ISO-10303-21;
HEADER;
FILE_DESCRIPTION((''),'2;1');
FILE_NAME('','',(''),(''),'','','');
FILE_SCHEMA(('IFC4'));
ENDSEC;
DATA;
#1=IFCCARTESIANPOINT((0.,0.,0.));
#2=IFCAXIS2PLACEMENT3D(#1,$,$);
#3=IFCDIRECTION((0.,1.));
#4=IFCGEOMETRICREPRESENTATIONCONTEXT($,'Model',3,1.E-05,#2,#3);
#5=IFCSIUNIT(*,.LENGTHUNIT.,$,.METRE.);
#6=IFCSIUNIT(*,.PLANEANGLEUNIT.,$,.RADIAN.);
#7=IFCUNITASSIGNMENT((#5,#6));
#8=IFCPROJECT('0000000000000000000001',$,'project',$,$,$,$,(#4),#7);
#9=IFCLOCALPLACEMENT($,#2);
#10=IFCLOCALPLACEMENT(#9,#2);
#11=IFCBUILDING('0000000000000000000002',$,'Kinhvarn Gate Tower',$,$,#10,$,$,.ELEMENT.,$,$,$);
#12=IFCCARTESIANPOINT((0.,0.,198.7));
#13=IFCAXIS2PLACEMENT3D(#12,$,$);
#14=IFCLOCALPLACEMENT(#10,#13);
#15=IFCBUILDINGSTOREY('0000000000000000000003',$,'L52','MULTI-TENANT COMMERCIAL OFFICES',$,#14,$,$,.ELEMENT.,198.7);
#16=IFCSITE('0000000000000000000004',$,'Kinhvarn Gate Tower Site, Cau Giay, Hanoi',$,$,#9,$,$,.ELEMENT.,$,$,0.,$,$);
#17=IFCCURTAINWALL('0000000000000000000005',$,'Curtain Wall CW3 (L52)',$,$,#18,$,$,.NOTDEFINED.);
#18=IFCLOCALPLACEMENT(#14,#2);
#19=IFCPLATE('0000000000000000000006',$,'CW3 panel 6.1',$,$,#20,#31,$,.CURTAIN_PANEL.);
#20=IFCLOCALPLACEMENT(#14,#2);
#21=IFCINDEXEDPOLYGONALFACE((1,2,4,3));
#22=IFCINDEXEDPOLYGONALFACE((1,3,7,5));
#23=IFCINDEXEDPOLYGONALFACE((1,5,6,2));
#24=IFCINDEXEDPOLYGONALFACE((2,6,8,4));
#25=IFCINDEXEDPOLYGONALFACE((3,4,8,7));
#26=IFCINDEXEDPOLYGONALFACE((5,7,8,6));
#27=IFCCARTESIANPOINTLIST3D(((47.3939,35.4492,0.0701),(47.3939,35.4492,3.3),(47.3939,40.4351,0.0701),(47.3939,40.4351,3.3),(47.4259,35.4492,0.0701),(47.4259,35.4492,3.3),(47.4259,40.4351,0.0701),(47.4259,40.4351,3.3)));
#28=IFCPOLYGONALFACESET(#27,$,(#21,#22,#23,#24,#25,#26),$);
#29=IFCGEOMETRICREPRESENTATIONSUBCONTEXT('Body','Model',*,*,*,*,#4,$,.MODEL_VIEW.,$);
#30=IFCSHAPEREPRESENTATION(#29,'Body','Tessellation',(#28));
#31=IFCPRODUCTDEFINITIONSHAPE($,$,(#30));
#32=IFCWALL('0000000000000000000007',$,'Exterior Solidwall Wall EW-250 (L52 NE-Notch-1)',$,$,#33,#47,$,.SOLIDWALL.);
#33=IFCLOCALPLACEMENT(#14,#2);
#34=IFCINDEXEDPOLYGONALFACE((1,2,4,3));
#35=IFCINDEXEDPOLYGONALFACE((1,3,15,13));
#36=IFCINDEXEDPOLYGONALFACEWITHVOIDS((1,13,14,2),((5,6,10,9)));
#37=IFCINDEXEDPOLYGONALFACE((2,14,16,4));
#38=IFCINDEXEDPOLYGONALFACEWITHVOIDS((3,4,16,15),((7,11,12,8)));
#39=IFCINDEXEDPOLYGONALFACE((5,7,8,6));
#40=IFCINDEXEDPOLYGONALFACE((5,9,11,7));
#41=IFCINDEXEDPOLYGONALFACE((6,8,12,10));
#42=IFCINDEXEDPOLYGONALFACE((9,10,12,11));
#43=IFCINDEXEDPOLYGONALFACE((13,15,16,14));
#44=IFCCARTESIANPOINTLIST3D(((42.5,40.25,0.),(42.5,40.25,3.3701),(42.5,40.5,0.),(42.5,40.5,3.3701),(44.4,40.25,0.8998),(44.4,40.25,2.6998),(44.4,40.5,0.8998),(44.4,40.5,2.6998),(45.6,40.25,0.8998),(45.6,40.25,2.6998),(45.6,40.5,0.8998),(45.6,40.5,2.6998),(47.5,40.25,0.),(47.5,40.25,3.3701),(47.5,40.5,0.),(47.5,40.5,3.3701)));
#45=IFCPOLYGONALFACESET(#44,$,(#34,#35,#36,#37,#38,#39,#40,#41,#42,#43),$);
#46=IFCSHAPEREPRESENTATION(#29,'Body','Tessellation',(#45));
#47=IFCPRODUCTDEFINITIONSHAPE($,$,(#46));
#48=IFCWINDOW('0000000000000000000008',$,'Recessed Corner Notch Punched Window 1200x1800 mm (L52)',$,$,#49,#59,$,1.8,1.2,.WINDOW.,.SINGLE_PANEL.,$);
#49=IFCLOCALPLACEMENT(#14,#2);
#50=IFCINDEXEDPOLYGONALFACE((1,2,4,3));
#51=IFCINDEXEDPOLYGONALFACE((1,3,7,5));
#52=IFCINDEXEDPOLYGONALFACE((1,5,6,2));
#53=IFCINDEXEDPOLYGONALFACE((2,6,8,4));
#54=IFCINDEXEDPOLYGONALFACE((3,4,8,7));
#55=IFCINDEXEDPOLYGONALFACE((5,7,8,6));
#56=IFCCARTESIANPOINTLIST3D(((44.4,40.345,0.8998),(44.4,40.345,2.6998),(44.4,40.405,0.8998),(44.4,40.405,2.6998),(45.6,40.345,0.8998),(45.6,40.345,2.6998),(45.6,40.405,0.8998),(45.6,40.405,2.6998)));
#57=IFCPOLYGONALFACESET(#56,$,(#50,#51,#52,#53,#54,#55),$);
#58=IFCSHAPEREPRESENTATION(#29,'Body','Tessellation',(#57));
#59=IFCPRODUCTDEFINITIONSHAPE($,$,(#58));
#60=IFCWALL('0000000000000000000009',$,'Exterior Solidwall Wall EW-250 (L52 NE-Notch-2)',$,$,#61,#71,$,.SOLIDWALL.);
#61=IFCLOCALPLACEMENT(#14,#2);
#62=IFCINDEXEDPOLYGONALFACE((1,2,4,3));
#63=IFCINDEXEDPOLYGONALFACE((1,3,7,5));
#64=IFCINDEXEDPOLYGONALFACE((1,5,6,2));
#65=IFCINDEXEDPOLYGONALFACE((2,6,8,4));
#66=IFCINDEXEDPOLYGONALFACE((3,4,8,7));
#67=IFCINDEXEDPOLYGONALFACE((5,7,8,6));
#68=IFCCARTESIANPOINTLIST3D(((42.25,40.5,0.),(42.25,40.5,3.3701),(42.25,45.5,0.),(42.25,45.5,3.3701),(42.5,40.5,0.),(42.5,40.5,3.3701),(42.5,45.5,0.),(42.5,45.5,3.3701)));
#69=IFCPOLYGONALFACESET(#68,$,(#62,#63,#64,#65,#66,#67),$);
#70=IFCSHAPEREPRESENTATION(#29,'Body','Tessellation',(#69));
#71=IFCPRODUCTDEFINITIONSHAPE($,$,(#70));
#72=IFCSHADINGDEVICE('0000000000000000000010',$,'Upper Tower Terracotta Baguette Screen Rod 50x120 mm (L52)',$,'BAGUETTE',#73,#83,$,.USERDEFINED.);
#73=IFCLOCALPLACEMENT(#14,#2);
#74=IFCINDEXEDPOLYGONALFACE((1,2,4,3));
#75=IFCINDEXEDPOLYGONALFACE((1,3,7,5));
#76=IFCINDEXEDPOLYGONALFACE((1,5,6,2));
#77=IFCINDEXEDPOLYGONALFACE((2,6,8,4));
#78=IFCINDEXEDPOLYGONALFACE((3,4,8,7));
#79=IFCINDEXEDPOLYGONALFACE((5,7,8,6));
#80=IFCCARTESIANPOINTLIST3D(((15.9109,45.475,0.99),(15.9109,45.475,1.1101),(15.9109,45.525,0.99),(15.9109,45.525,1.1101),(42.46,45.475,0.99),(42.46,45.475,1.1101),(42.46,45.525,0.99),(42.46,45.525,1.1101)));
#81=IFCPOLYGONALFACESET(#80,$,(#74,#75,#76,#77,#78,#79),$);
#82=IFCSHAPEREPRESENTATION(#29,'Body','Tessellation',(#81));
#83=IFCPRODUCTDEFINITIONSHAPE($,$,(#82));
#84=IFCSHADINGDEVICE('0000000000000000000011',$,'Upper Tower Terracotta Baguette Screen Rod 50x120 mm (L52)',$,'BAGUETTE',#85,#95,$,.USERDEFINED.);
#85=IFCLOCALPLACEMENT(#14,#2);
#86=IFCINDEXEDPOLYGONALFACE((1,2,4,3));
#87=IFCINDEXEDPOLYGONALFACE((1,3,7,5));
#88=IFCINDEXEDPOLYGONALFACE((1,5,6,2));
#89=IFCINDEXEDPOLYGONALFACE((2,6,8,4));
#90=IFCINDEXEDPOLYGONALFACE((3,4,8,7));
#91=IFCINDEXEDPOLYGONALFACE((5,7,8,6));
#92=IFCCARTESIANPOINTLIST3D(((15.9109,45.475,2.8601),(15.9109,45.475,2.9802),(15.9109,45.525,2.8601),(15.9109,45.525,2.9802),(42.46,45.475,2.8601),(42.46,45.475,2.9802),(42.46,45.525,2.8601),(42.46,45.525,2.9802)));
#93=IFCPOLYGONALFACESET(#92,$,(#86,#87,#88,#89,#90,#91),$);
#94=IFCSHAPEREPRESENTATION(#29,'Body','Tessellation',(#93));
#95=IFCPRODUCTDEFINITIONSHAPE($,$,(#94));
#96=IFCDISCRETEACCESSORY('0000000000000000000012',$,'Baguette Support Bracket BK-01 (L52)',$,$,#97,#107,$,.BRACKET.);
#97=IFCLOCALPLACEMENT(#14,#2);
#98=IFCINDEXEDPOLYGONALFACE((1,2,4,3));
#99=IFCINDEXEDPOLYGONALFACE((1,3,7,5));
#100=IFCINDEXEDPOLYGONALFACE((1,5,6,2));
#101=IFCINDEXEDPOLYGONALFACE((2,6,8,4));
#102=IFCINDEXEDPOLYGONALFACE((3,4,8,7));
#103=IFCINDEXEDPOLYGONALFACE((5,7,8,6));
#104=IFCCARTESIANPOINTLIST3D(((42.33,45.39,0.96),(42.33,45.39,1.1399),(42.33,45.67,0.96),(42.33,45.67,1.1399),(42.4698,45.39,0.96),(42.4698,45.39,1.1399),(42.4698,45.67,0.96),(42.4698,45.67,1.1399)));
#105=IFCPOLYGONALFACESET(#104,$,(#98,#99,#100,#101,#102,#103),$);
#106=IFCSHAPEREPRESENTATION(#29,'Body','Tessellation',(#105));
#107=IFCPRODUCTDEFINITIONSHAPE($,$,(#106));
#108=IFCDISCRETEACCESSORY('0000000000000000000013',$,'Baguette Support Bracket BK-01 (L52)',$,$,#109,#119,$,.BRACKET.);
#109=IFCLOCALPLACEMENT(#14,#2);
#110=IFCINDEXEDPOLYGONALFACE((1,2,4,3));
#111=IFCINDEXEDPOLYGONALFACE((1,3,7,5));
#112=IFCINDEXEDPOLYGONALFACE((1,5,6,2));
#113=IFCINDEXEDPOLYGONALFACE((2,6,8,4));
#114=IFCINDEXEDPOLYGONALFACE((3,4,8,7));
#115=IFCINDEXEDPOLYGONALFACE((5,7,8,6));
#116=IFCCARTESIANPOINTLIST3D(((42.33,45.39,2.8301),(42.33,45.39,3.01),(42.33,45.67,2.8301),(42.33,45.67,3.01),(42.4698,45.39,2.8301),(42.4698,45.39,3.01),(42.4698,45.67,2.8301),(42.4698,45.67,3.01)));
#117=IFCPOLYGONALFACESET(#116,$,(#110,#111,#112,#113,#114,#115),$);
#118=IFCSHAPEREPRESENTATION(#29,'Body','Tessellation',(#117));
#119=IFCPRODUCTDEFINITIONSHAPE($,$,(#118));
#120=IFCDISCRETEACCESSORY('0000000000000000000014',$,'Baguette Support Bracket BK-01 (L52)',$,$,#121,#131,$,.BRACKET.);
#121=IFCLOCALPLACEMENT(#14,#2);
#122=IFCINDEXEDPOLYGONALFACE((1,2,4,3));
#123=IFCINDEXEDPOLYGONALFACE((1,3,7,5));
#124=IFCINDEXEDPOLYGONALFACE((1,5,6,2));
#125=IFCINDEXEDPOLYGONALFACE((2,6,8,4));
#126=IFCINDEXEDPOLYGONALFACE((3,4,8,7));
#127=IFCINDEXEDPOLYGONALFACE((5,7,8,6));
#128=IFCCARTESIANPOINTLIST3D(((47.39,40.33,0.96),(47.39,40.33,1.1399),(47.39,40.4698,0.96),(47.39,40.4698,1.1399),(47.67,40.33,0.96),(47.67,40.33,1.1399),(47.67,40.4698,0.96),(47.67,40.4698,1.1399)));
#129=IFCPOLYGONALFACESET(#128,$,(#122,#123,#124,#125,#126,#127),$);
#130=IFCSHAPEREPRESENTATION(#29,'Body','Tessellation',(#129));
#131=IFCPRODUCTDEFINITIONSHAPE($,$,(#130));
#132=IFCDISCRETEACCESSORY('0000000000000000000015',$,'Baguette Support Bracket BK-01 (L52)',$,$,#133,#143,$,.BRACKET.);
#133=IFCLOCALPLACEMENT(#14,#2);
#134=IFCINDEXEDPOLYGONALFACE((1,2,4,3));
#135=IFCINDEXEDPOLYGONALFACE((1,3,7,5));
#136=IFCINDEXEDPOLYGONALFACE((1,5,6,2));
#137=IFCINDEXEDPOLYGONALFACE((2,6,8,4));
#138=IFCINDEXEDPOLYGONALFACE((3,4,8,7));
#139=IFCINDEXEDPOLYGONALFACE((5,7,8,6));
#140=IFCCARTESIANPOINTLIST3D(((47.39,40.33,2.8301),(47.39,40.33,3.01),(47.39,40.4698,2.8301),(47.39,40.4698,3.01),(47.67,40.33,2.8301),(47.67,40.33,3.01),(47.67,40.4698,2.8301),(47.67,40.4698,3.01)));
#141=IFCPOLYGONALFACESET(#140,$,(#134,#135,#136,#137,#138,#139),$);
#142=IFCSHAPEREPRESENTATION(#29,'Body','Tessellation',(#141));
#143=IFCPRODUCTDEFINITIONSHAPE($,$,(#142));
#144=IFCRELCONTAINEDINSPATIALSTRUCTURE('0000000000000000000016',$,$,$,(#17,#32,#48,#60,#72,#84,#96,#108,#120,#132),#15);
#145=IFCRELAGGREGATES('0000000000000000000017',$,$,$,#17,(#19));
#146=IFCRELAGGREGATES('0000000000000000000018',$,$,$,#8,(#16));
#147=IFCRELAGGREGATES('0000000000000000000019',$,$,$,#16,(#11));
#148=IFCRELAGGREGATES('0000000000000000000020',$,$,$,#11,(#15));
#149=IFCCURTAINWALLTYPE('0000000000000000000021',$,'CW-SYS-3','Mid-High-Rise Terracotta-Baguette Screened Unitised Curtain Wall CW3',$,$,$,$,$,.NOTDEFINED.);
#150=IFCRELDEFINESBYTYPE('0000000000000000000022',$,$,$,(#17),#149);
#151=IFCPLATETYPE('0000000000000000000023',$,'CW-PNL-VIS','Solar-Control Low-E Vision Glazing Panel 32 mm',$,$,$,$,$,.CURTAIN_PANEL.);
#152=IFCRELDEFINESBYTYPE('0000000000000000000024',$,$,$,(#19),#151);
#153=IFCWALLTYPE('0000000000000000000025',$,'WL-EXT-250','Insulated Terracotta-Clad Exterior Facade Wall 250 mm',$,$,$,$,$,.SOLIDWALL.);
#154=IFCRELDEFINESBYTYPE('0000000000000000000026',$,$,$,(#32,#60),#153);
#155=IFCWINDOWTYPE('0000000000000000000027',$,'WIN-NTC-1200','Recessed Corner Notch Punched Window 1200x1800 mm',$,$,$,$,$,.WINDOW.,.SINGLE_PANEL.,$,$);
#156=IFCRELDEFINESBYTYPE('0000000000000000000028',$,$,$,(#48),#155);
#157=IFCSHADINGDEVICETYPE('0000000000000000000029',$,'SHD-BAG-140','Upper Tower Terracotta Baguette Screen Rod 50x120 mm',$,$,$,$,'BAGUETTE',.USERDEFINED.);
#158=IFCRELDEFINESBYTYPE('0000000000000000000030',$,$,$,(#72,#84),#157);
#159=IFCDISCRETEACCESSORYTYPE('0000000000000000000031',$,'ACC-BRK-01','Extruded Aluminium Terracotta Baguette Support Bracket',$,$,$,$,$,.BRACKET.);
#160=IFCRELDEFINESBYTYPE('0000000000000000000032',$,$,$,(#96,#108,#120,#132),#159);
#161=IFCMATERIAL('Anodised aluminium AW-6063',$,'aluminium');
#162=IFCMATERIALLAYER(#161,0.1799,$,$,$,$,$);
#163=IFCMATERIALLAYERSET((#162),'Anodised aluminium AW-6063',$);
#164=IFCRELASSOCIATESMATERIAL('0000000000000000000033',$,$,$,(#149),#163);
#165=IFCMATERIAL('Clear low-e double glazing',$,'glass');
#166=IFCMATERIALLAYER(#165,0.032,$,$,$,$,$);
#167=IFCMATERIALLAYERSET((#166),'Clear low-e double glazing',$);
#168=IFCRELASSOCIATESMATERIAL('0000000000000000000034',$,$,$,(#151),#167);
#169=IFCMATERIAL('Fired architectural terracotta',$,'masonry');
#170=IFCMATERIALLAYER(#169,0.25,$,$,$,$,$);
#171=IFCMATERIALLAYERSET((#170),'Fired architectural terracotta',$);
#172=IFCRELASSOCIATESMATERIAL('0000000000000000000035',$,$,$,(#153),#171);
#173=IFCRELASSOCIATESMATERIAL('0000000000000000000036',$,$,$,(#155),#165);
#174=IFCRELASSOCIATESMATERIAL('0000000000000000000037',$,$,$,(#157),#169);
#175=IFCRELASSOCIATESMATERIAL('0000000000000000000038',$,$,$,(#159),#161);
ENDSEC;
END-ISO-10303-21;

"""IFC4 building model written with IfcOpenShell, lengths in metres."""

from ifc_helpers import new_model, si_unit, direction, frame, frame_2d, origin, origin_2d, place, context, subcontext, project, spatial, rectangle, extrude, material, layer, layer_set, material_profile, profile_set, type_object, element, fill, aggregate, save


model = new_model("IFC4")

# Units and contexts
model_context = context("Model", 3, precision=1e-05, world=origin(), true_north=direction((0.0, 1.0)))
body_context = subcontext(model_context, "Body", "Model", "MODEL_VIEW")
ifc_project = project(units=[si_unit("LENGTHUNIT", "METRE"), si_unit("PLANEANGLEUNIT", "RADIAN")], contexts=[model_context])

# Site, building, storey
site_placement = place(None, origin())
site = spatial("IfcSite", under=ifc_project, at=site_placement, Name="Kinhvarn Gate Tower Site, Cau Giay, Hanoi", CompositionType="ELEMENT", RefElevation=0.0)
building_placement = place(site_placement, origin())
building = spatial("IfcBuilding", under=site, at=building_placement, Name="Kinhvarn Gate Tower", CompositionType="ELEMENT")
storey_placement = place(building_placement, frame((0.0, 0.0, 198.7)))
storey = spatial("IfcBuildingStorey", under=building, at=storey_placement, Name="L52", Description="MULTI-TENANT COMMERCIAL OFFICES", CompositionType="ELEMENT", Elevation=198.7)

# Shared definitions
ifc_material_1 = material(Name="Anodised aluminium AW-6063", Category="aluminium")
ifc_layer_1 = layer(ifc_material_1, 0.1799)
ifc_layer_set_1 = layer_set([ifc_layer_1], Name="Anodised aluminium AW-6063")
curtain_wall_type = type_object("IfcCurtainWallType", Name="CW-SYS-3", Description="Mid-High-Rise Terracotta-Baguette Screened Unitised Curtain Wall CW3", PredefinedType="NOTDEFINED", material=ifc_layer_set_1)

# Curtain wall
curtain_wall_1_placement = place(storey_placement, origin())
curtain_wall_1 = element("IfcCurtainWall", 1, at=curtain_wall_1_placement, inside=storey, type_object=curtain_wall_type, Name="Curtain Wall CW3 (L52)", PredefinedType="NOTDEFINED")

# Plate
ifc_material_2 = material(Name="Clear low-e double glazing", Category="glass")
ifc_layer_2 = layer(ifc_material_2, 0.032)
ifc_layer_set_2 = layer_set([ifc_layer_2], Name="Clear low-e double glazing")
plate_type = type_object("IfcPlateType", Name="CW-PNL-VIS", Description="Solar-Control Low-E Vision Glazing Panel 32 mm", PredefinedType="CURTAIN_PANEL", material=ifc_layer_set_2)
plate_1_placement = place(storey_placement, frame((47.4099, 37.9421, 0.0701), z_axis=(0.0, 0.0, 1.0), x_axis=(0.0, 1.0, 0.0)))
plate_1 = element("IfcPlate", 2, at=plate_1_placement, type_object=plate_type, Name="CW3 panel 6.1", PredefinedType="CURTAIN_PANEL", context=body_context, shape_type="SweptSolid", body=[
    extrude(rectangle(XDim=4.9858, YDim=0.032, at=origin_2d()), origin(), (0.0, 0.0, 1.0), 3.23),
])
aggregate(curtain_wall_1, [plate_1])

# Wall, opening, window
ifc_material_3 = material(Name="Fired architectural terracotta", Category="masonry")
ifc_layer_3 = layer(ifc_material_3, 0.25)
ifc_layer_set_3 = layer_set([ifc_layer_3], Name="Fired architectural terracotta")
wall_type = type_object("IfcWallType", Name="WL-EXT-250", Description="Insulated Terracotta-Clad Exterior Facade Wall 250 mm", PredefinedType="SOLIDWALL", material=ifc_layer_set_3)
wall_1_placement = place(storey_placement, frame((47.5, 40.375, 0.0), z_axis=(0.0, 0.0, 1.0), x_axis=(-1.0, 0.0, 0.0)))
wall_1 = element("IfcWall", 3, at=wall_1_placement, inside=storey, type_object=wall_type, Name="Exterior Solidwall Wall EW-250 (L52 NE-Notch-1)", PredefinedType="SOLIDWALL", context=body_context, shape_type="SweptSolid", body=[
    extrude(rectangle(XDim=5.0, YDim=0.25, at=frame_2d((2.5, 0.0))), origin(), (0.0, 0.0, 1.0), 3.3701),
])
opening_placement = place(wall_1_placement, frame((1.8999, 0.0, 0.8999)))
opening = element("IfcOpeningElement", 4, at=opening_placement, cuts=wall_1, PredefinedType="OPENING", context=body_context, shape_type="SweptSolid", body=[
    extrude(rectangle(XDim=1.2, YDim=1.8, at=frame_2d((0.6001, 0.8999))), frame((0.0, 0.135, 0.0), z_axis=(0.0, -1.0, 0.0), x_axis=(1.0, 0.0, 0.0)), (0.0, 0.0, 1.0), 0.27),
])
window_type = type_object("IfcWindowType", Name="WIN-NTC-1200", Description="Recessed Corner Notch Punched Window 1200x1800 mm", PartitioningType="SINGLE_PANEL", PredefinedType="WINDOW", material=ifc_material_2)
window_placement = place(opening_placement, origin())
window = element("IfcWindow", 5, at=window_placement, inside=storey, type_object=window_type, Name="Recessed Corner Notch Punched Window 1200x1800 mm (L52)", OverallHeight=1.8, OverallWidth=1.2, PartitioningType="SINGLE_PANEL", PredefinedType="WINDOW", context=body_context, shape_type="SweptSolid", body=[
    extrude(rectangle(XDim=1.2, YDim=1.8, at=frame_2d((0.6001, 0.8999))), frame((0.0, 0.03, 0.0), z_axis=(0.0, -1.0, 0.0), x_axis=(1.0, 0.0, 0.0)), (0.0, 0.0, 1.0), 0.0601),
])
fill(opening, window)

# Wall
wall_2_placement = place(storey_placement, frame((42.375, 40.5, 0.0), z_axis=(0.0, 0.0, 1.0), x_axis=(0.0, 1.0, 0.0)))
element("IfcWall", 6, at=wall_2_placement, inside=storey, type_object=wall_type, Name="Exterior Solidwall Wall EW-250 (L52 NE-Notch-2)", PredefinedType="SOLIDWALL", context=body_context, shape_type="SweptSolid", body=[
    extrude(rectangle(XDim=5.0, YDim=0.25, at=frame_2d((2.5, 0.0))), origin(), (0.0, 0.0, 1.0), 3.3701),
])

# Shading devices
ifc_material_profile_1 = material_profile(ifc_material_3, rectangle(XDim=0.05, YDim=0.1201, at=origin_2d()), Name="TC 50x120")
ifc_profile_set_1 = profile_set([ifc_material_profile_1], Name="Fired architectural terracotta")
shading_device_type = type_object("IfcShadingDeviceType", Name="SHD-BAG-140", Description="Upper Tower Terracotta Baguette Screen Rod 50x120 mm", ElementType="BAGUETTE", PredefinedType="USERDEFINED", material=ifc_profile_set_1)
for number, where, z_axis, x_axis, name in (
    (7, (42.46, 45.5, 1.05), (-1.0, 0.0, 0.0), (0.0, -1.0, 0.0), "Upper Tower Terracotta Baguette Screen Rod 50x120 mm (L52)"),
    (8, (42.46, 45.5, 2.9202), (-1.0, 0.0, 0.0), (0.0, -1.0, 0.0), "Upper Tower Terracotta Baguette Screen Rod 50x120 mm (L52)"),
):
    element("IfcShadingDevice", number, at=place(storey_placement, frame(where, z_axis=z_axis, x_axis=x_axis)), inside=storey, type_object=shading_device_type, Name=name, ObjectType="BAGUETTE", PredefinedType="USERDEFINED", context=body_context, shape_type="SweptSolid", body=[
        extrude(rectangle(XDim=0.05, YDim=0.1201, at=origin_2d()), origin(), (0.0, 0.0, 1.0), 26.5491),
    ])

# Discrete accessories
discrete_accessory_type = type_object("IfcDiscreteAccessoryType", Name="ACC-BRK-01", Description="Extruded Aluminium Terracotta Baguette Support Bracket", PredefinedType="BRACKET", material=ifc_material_1)
for number, where, z_axis, x_axis, name in (
    (9, (42.3999, 45.53, 0.96), (0.0, 0.0, 1.0), (-1.0, 0.0, 0.0), "Baguette Support Bracket BK-01 (L52)"),
    (10, (42.3999, 45.53, 2.8301), (0.0, 0.0, 1.0), (-1.0, 0.0, 0.0), "Baguette Support Bracket BK-01 (L52)"),
    (11, (47.53, 40.3999, 0.96), (0.0, 0.0, 1.0), (0.0, 1.0, 0.0), "Baguette Support Bracket BK-01 (L52)"),
    (12, (47.53, 40.3999, 2.8301), (0.0, 0.0, 1.0), (0.0, 1.0, 0.0), "Baguette Support Bracket BK-01 (L52)"),
):
    element("IfcDiscreteAccessory", number, at=place(storey_placement, frame(where, z_axis=z_axis, x_axis=x_axis)), inside=storey, type_object=discrete_accessory_type, Name=name, PredefinedType="BRACKET", context=body_context, shape_type="SweptSolid", body=[
        extrude(rectangle(XDim=0.1399, YDim=0.28, at=origin_2d()), origin(), (0.0, 0.0, 1.0), 0.1799),
    ])

save(model, "model.ifc")
